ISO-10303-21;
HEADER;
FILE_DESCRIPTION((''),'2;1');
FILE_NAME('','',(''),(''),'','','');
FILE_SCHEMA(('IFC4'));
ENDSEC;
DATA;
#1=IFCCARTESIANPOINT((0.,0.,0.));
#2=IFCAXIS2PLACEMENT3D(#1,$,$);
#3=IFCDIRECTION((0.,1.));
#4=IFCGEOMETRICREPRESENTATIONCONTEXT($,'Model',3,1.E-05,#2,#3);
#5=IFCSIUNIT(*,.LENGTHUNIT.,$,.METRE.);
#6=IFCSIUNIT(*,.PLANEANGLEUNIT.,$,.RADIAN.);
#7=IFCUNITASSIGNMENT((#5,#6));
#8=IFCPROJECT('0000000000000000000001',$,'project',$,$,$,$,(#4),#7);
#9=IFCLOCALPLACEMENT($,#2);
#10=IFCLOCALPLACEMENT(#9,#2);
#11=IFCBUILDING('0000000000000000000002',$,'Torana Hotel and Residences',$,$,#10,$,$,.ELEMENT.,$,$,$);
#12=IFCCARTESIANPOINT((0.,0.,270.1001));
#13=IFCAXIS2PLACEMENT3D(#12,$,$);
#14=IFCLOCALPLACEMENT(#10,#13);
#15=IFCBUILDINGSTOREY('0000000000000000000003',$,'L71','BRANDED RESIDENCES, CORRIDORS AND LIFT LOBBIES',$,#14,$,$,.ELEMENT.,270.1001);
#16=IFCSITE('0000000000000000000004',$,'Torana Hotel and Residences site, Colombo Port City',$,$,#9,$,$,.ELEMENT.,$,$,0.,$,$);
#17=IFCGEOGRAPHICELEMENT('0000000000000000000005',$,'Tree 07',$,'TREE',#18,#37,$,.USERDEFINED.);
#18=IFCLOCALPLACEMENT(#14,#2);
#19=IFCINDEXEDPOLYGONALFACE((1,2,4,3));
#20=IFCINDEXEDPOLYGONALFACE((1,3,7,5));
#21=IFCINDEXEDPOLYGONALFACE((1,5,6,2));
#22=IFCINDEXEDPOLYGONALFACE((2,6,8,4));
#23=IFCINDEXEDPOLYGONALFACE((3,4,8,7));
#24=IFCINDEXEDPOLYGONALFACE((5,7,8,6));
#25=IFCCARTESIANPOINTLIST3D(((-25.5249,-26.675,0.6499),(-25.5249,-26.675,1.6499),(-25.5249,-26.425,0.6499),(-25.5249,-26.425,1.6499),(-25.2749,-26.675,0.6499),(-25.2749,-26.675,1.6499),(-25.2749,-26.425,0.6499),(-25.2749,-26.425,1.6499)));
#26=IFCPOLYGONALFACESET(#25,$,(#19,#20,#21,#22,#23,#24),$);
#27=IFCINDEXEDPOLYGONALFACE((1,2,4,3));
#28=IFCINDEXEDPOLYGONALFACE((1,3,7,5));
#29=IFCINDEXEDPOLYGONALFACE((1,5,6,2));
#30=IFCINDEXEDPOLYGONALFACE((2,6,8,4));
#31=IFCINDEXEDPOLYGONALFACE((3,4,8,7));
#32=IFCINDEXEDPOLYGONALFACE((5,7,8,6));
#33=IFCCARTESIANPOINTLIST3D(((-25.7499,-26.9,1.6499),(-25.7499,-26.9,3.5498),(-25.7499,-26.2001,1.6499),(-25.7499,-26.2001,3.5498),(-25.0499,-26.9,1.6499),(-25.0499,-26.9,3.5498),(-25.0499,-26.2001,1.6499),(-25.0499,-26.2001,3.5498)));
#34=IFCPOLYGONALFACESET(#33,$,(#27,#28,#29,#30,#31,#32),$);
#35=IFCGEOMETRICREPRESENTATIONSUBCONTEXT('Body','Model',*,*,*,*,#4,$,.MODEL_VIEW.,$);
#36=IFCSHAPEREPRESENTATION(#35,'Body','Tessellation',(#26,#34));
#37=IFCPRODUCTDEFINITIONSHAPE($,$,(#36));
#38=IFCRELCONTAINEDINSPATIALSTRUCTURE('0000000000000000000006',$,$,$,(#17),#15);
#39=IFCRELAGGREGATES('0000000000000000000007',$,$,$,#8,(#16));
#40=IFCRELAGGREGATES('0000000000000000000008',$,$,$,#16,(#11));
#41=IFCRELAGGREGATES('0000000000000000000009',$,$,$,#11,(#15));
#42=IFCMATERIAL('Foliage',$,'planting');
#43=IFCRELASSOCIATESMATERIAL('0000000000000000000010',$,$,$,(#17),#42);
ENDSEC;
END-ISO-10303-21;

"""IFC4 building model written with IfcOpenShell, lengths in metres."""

from ifc_helpers import new_model, si_unit, direction, frame, origin, origin_2d, place, context, subcontext, project, spatial, rectangle, extrude, material, element, save


model = new_model("IFC4")

# Units and contexts
model_context = context("Model", 3, precision=1e-05, world=origin(), true_north=direction((0.0, 1.0)))
body_context = subcontext(model_context, "Body", "Model", "MODEL_VIEW")
ifc_project = project(units=[si_unit("LENGTHUNIT", "METRE"), si_unit("PLANEANGLEUNIT", "RADIAN")], contexts=[model_context])

# Site, building, storey
site_placement = place(None, origin())
site = spatial("IfcSite", under=ifc_project, at=site_placement, Name="Torana Hotel and Residences site, Colombo Port City", CompositionType="ELEMENT", RefElevation=0.0)
building_placement = place(site_placement, origin())
building = spatial("IfcBuilding", under=site, at=building_placement, Name="Torana Hotel and Residences", CompositionType="ELEMENT")
storey_placement = place(building_placement, frame((0.0, 0.0, 270.1001)))
storey = spatial("IfcBuildingStorey", under=building, at=storey_placement, Name="L71", Description="BRANDED RESIDENCES, CORRIDORS AND LIFT LOBBIES", CompositionType="ELEMENT", Elevation=270.1001)

# Geographic element
ifc_material_1 = material(Name="Foliage", Category="planting")
geographic_element_placement = place(storey_placement, frame((-25.3999, -26.55, 0.6499), z_axis=(0.0, 0.0, 1.0), x_axis=(1.0, 0.0, 0.0)))
element("IfcGeographicElement", 1, at=geographic_element_placement, inside=storey, material=ifc_material_1, Name="Tree 07", ObjectType="TREE", PredefinedType="USERDEFINED", context=body_context, shape_type="SweptSolid", body=[
    extrude(rectangle(XDim=0.25, YDim=0.25, at=origin_2d()), origin(), (0.0, 0.0, 1.0), 1.0),
    extrude(rectangle(XDim=0.7, YDim=0.7, at=origin_2d()), frame((0.0, 0.0, 1.0)), (0.0, 0.0, 1.0), 1.8999),
])

save(model, "model.ifc")
